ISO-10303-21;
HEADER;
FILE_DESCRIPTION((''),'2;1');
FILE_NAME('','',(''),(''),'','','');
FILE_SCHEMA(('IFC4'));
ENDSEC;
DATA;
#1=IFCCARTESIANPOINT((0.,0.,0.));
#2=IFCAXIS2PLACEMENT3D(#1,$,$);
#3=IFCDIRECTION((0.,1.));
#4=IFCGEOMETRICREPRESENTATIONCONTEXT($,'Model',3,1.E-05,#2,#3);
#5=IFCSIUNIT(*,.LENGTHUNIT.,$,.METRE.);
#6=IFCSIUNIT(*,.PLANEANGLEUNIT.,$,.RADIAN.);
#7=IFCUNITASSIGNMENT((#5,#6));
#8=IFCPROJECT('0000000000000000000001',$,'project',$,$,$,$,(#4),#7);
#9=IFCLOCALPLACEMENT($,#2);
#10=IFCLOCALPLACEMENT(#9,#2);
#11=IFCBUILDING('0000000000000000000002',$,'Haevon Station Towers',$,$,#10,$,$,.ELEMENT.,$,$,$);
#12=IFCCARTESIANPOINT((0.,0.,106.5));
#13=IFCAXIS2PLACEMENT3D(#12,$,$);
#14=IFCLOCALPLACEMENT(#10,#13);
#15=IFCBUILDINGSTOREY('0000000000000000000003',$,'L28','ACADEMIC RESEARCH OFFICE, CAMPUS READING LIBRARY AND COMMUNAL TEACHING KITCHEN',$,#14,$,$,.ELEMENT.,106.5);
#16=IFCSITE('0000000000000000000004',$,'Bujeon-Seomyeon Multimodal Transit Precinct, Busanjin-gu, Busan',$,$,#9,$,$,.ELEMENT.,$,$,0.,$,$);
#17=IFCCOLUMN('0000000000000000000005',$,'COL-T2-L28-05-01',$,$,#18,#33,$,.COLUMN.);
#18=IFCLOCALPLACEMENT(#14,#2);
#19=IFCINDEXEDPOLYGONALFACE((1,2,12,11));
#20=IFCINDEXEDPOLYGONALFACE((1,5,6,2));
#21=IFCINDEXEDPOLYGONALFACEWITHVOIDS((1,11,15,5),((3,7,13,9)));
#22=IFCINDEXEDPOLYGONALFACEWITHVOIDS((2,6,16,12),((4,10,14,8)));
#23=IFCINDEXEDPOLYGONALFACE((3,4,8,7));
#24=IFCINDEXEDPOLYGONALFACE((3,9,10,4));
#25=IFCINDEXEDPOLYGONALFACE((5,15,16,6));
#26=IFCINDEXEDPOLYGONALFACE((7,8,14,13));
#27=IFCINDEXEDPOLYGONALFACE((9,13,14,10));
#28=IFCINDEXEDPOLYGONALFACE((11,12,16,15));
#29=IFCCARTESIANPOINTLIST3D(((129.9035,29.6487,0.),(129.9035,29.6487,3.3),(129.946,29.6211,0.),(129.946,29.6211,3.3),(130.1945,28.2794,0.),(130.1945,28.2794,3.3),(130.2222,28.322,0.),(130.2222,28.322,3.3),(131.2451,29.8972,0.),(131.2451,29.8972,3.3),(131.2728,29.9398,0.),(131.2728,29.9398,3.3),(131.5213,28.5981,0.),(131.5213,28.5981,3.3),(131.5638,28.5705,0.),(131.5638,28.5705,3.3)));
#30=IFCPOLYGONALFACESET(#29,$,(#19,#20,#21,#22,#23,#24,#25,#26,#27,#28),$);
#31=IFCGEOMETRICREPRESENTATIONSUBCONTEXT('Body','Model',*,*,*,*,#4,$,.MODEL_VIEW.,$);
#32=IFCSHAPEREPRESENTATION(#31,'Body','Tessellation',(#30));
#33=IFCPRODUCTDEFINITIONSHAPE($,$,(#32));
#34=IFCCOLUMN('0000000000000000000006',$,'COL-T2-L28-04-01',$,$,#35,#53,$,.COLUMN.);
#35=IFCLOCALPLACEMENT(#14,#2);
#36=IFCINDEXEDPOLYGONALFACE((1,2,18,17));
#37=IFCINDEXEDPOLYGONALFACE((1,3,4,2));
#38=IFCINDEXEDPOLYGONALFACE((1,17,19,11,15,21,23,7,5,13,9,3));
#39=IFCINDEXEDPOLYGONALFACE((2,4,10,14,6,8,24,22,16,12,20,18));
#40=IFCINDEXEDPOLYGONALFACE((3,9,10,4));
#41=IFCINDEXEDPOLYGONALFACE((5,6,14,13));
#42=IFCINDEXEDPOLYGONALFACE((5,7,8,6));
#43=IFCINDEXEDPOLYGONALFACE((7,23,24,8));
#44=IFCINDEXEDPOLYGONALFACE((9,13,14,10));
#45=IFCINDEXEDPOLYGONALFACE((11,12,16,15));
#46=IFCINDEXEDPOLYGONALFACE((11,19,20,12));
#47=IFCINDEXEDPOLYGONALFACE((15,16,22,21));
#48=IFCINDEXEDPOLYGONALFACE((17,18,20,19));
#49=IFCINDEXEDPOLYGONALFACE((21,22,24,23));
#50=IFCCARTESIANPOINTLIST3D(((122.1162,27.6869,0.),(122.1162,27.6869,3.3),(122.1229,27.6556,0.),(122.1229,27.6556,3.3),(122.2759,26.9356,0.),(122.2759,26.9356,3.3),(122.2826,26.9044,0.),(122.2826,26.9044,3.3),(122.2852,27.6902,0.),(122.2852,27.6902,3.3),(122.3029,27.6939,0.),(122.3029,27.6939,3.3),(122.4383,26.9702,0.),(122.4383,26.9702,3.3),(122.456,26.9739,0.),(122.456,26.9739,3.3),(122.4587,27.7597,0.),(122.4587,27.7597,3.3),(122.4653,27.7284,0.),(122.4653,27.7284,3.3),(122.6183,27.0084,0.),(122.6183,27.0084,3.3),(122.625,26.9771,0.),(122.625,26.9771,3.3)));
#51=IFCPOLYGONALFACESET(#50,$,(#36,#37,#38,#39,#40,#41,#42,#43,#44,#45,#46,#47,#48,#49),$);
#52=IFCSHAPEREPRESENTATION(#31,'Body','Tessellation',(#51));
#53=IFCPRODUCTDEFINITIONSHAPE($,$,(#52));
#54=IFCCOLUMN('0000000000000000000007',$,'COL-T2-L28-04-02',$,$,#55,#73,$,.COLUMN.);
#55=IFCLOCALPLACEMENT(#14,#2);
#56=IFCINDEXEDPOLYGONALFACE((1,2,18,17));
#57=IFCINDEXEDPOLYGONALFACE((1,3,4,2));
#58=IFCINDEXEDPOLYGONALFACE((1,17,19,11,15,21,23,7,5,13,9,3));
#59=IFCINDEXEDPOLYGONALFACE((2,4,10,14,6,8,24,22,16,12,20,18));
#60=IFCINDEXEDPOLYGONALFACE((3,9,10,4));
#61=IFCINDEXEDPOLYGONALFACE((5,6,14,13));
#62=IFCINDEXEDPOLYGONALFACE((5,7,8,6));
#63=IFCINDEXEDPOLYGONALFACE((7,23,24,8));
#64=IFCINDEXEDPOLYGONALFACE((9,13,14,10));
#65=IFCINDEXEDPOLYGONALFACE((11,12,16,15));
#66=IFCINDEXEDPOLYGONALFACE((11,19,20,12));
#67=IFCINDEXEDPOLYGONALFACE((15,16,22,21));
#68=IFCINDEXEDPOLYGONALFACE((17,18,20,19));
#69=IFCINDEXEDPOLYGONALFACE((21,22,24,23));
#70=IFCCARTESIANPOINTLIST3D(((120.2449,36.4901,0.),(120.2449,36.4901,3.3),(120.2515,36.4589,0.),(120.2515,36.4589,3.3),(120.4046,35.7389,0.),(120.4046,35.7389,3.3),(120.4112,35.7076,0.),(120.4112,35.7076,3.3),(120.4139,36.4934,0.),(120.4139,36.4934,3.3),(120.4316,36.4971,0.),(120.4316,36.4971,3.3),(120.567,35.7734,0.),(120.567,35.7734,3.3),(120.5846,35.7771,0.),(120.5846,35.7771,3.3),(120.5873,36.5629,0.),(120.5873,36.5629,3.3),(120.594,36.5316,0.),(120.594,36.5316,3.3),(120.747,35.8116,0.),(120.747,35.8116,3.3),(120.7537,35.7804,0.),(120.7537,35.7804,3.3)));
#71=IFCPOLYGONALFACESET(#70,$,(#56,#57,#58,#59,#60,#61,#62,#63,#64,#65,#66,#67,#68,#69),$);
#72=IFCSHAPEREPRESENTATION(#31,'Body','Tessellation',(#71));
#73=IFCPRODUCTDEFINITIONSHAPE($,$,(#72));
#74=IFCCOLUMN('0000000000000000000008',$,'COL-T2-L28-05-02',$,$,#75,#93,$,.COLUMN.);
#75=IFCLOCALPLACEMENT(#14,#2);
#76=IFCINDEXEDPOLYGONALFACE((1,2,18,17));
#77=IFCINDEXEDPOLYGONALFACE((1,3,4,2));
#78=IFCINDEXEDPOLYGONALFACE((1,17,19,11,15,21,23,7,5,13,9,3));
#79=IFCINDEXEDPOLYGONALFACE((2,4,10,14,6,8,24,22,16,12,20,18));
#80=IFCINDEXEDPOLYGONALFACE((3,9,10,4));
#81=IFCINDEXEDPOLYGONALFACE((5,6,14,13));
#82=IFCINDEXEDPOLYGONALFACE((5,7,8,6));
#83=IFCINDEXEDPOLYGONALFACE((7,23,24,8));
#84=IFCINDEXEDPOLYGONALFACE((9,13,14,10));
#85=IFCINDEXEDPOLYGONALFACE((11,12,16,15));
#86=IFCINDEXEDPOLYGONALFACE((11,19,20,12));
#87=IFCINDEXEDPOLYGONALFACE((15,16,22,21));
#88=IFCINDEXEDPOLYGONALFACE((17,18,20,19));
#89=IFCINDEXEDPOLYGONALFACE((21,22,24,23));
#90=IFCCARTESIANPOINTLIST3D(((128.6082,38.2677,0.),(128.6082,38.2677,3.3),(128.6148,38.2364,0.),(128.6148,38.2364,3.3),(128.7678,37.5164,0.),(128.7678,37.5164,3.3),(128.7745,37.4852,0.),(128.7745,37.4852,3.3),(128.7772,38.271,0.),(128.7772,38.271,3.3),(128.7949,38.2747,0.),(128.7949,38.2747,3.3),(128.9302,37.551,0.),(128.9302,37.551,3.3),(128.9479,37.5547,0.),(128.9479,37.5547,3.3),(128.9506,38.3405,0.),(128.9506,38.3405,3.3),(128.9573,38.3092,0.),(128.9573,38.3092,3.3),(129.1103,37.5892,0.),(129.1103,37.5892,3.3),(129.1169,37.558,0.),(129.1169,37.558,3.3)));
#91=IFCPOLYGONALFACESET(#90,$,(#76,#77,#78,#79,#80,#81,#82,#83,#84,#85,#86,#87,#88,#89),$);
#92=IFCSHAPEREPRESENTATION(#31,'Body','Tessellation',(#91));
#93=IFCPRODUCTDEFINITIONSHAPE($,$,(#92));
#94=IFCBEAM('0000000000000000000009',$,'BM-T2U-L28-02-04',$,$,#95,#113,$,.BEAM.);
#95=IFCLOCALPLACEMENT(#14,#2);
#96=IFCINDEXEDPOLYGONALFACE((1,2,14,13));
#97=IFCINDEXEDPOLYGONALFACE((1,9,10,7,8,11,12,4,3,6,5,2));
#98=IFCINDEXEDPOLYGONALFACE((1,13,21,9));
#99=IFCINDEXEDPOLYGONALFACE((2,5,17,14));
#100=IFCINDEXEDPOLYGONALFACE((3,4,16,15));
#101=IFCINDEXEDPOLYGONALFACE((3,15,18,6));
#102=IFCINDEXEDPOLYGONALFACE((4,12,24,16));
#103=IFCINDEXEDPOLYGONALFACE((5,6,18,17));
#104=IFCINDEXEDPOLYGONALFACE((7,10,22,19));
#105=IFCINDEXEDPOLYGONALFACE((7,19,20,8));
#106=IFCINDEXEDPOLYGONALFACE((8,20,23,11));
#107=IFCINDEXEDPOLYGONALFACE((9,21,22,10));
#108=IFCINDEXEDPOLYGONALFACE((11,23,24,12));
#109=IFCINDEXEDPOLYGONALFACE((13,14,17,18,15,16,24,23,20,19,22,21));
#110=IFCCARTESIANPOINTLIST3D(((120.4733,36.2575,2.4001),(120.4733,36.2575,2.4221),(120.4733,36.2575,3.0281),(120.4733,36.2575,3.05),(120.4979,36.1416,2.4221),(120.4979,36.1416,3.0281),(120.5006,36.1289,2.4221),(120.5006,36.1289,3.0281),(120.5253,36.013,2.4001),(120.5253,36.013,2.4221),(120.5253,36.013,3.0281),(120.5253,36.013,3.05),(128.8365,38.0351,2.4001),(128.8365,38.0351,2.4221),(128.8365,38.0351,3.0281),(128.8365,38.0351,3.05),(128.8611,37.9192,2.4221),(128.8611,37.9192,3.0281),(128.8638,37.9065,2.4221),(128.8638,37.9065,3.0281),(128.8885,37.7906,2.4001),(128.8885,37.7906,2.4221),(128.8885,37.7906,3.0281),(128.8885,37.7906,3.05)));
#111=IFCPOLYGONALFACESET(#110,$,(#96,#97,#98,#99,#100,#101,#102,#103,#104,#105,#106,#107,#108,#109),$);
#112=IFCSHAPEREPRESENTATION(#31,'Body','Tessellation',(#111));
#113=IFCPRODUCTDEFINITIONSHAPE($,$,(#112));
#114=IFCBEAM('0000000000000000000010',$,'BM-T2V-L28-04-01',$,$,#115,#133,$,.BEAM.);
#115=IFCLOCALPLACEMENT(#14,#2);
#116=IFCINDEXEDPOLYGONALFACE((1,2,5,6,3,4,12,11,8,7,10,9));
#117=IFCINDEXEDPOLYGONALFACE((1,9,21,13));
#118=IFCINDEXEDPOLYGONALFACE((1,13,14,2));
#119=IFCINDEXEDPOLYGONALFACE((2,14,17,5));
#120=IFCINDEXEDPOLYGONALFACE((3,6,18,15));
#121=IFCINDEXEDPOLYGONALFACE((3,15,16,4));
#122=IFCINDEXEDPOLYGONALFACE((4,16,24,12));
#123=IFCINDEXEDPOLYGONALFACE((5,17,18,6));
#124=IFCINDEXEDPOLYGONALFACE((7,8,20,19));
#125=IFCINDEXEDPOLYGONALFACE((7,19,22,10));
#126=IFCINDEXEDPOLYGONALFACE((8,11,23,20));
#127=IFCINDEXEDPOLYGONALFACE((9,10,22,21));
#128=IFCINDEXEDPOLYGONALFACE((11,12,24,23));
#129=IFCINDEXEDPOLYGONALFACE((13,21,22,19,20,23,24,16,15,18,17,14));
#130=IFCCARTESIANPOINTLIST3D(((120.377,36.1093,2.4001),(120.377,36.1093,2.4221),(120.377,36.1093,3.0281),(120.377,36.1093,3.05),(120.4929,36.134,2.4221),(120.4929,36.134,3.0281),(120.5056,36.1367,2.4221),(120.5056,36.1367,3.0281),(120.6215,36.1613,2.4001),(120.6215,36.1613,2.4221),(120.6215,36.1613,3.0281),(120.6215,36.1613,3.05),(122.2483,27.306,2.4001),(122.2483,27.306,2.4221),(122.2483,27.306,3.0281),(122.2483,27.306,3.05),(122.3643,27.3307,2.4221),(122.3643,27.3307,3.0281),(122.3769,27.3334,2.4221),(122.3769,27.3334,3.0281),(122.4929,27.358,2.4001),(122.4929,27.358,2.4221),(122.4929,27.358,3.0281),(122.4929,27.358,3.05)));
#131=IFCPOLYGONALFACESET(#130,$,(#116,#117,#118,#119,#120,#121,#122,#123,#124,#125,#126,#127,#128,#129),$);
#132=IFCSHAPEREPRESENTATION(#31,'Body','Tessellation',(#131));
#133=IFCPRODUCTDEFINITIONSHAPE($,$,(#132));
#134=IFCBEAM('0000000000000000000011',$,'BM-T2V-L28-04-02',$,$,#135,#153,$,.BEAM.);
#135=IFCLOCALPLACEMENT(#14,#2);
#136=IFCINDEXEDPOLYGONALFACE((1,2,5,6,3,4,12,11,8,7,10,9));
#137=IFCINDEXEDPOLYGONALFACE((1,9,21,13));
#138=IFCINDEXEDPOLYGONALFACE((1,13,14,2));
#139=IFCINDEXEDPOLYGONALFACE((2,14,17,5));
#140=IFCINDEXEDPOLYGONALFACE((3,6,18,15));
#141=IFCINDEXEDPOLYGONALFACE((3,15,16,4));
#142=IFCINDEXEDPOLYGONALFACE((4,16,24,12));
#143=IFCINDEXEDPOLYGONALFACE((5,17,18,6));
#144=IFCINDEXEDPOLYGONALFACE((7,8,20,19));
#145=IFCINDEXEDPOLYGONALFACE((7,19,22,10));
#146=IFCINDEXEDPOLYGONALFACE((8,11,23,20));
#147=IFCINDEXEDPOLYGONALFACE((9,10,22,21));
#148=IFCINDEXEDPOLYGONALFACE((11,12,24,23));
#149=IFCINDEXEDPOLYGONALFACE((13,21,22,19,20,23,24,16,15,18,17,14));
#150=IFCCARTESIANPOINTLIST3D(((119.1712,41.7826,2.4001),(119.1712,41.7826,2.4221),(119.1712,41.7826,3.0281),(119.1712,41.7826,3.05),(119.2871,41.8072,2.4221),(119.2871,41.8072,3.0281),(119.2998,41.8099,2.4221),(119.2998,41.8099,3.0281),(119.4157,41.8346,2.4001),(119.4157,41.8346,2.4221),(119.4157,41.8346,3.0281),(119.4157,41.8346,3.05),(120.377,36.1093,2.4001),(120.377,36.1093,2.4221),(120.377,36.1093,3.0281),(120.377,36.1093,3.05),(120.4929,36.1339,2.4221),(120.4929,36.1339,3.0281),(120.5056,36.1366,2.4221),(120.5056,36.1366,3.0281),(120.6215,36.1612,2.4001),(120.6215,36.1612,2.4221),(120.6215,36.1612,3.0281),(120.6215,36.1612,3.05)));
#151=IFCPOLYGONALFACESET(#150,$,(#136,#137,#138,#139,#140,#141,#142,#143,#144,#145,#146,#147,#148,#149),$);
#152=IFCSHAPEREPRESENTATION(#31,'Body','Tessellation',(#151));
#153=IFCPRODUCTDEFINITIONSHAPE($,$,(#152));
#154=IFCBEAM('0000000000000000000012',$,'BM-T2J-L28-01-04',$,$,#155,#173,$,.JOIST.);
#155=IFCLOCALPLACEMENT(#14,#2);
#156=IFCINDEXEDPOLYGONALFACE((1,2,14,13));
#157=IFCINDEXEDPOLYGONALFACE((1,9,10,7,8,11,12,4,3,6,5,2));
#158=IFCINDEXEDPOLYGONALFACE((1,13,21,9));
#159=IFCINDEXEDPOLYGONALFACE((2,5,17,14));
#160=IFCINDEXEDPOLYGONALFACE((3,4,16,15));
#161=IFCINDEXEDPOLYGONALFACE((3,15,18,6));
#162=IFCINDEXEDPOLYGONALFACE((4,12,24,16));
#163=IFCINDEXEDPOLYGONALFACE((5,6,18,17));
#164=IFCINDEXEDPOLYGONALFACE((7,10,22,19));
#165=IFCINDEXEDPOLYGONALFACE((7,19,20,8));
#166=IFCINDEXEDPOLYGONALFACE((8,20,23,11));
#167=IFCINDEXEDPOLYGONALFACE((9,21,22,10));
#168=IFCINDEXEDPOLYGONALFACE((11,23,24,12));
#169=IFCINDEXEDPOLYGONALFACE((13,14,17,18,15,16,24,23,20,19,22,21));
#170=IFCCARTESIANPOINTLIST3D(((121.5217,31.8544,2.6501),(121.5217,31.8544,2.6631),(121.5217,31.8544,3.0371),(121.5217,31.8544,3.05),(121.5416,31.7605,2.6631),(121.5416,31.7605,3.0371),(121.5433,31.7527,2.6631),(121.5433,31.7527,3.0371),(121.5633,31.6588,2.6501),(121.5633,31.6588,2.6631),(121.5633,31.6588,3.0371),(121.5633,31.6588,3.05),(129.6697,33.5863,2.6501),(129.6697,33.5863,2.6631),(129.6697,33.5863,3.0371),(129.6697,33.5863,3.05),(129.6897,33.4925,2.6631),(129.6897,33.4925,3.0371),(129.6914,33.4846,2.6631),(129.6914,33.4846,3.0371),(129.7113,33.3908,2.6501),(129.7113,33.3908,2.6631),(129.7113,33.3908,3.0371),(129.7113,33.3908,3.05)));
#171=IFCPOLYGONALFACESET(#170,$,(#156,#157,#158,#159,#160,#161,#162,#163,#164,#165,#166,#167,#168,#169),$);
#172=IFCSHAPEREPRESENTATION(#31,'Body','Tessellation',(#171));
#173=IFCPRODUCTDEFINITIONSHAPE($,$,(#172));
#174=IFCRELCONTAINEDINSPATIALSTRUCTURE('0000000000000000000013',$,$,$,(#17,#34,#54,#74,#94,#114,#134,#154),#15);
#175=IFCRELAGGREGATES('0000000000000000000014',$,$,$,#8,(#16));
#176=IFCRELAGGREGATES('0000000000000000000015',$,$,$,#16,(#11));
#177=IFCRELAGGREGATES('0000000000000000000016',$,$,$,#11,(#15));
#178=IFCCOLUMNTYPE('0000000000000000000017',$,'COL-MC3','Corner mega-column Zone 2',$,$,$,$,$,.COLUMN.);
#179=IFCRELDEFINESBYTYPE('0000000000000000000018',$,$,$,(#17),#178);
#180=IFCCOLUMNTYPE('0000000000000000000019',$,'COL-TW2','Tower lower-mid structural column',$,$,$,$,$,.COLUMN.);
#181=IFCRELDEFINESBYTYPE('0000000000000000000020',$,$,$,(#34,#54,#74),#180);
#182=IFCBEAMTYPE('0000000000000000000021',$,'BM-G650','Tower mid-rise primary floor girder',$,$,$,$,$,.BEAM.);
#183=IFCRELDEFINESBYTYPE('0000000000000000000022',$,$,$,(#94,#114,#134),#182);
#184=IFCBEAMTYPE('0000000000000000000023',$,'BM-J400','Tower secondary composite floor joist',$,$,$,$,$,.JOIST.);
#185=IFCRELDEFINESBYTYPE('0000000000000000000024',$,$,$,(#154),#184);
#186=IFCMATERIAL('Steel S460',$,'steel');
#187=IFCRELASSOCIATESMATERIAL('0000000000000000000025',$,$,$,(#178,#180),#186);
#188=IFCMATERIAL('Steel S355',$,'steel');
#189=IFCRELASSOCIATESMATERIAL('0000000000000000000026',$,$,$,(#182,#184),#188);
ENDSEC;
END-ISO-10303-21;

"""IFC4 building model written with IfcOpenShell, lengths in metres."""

from ifc_helpers import new_model, si_unit, direction, frame, origin, origin_2d, place, context, subcontext, project, spatial, hollow_rectangle, i_section, extrude, material, material_profile, profile_set, type_object, element, save


model = new_model("IFC4")

# Units and contexts
model_context = context("Model", 3, precision=1e-05, world=origin(), true_north=direction((0.0, 1.0)))
body_context = subcontext(model_context, "Body", "Model", "MODEL_VIEW")
ifc_project = project(units=[si_unit("LENGTHUNIT", "METRE"), si_unit("PLANEANGLEUNIT", "RADIAN")], contexts=[model_context])

# Site, building, storey
site_placement = place(None, origin())
site = spatial("IfcSite", under=ifc_project, at=site_placement, Name="Bujeon-Seomyeon Multimodal Transit Precinct, Busanjin-gu, Busan", CompositionType="ELEMENT", RefElevation=0.0)
building_placement = place(site_placement, origin())
building = spatial("IfcBuilding", under=site, at=building_placement, Name="Haevon Station Towers", CompositionType="ELEMENT")
storey_placement = place(building_placement, frame((0.0, 0.0, 106.5)))
storey = spatial("IfcBuildingStorey", under=building, at=storey_placement, Name="L28", Description="ACADEMIC RESEARCH OFFICE, CAMPUS READING LIBRARY AND COMMUNAL TEACHING KITCHEN", CompositionType="ELEMENT", Elevation=106.5)

# Columns
ifc_material_1 = material(Name="Steel S460", Category="steel")
ifc_material_profile_1 = material_profile(ifc_material_1, hollow_rectangle(XDim=1.3999, YDim=1.3999, WallThickness=0.0359, at=origin_2d()), Name="BOX-1400x1400x36")
ifc_profile_set_1 = profile_set([ifc_material_profile_1], Name="Steel S460")
column_type_1 = type_object("IfcColumnType", Name="COL-MC3", Description="Corner mega-column Zone 2", PredefinedType="COLUMN", material=ifc_profile_set_1)
column_placement = place(storey_placement, frame((130.7336, 29.1096, 0.0), z_axis=(0.0, 0.0, 1.0), x_axis=(0.978148, 0.207912, 0.0)))
element("IfcColumn", 1, at=column_placement, inside=storey, type_object=column_type_1, Name="COL-T2-L28-05-01", PredefinedType="COLUMN", context=body_context, shape_type="SweptSolid", body=[
    extrude(hollow_rectangle(XDim=1.3999, YDim=1.3999, WallThickness=0.0359, at=origin_2d()), origin(), (0.0, 0.0, 1.0), 3.3),
])
ifc_material_profile_2 = material_profile(ifc_material_1, i_section(OverallWidth=0.3501, OverallDepth=0.8, WebThickness=0.0181, FlangeThickness=0.032, at=origin_2d()), Name="H-800x350x18x32")
ifc_profile_set_2 = profile_set([ifc_material_profile_2], Name="Steel S460")
column_type_2 = type_object("IfcColumnType", Name="COL-TW2", Description="Tower lower-mid structural column", PredefinedType="COLUMN", material=ifc_profile_set_2)
for number, where, z_axis, x_axis, name in (
    (2, (122.3706, 27.332, 0.0), (0.0, 0.0, 1.0), (0.978148, 0.207912, 0.0), "COL-T2-L28-04-01"),
    (3, (120.4993, 36.1353, 0.0), (0.0, 0.0, 1.0), (0.978148, 0.207912, 0.0), "COL-T2-L28-04-02"),
    (4, (128.8625, 37.9128, 0.0), (0.0, 0.0, 1.0), (0.978148, 0.207912, 0.0), "COL-T2-L28-05-02"),
):
    element("IfcColumn", number, at=place(storey_placement, frame(where, z_axis=z_axis, x_axis=x_axis)), inside=storey, type_object=column_type_2, Name=name, PredefinedType="COLUMN", context=body_context, shape_type="SweptSolid", body=[
        extrude(i_section(OverallWidth=0.3501, OverallDepth=0.8, WebThickness=0.0181, FlangeThickness=0.032, at=origin_2d()), origin(), (0.0, 0.0, 1.0), 3.3),
    ])

# Beams
ifc_material_2 = material(Name="Steel S355", Category="steel")
ifc_material_profile_3 = material_profile(ifc_material_2, i_section(OverallWidth=0.25, OverallDepth=0.6499, WebThickness=0.0129, FlangeThickness=0.022, at=origin_2d()), Name="H-650x250x13x22")
ifc_profile_set_3 = profile_set([ifc_material_profile_3], Name="Steel S355")
beam_type_1 = type_object("IfcBeamType", Name="BM-G650", Description="Tower mid-rise primary floor girder", PredefinedType="BEAM", material=ifc_profile_set_3)
beam_1_placement = place(storey_placement, frame((120.4993, 36.1353, 2.7251), z_axis=(0.97815, 0.207902, 0.0), x_axis=(-0.207902, 0.97815, 0.0)))
element("IfcBeam", 5, at=beam_1_placement, inside=storey, type_object=beam_type_1, Name="BM-T2U-L28-02-04", PredefinedType="BEAM", context=body_context, shape_type="SweptSolid", body=[
    extrude(i_section(OverallWidth=0.25, OverallDepth=0.6499, WebThickness=0.0129, FlangeThickness=0.022, at=origin_2d()), origin(), (0.0, 0.0, 1.0), 8.55),
])
beam_2_placement = place(storey_placement, frame((122.3706, 27.332, 2.7251), z_axis=(-0.207928, 0.978144, 0.0), x_axis=(-0.978144, -0.207928, 0.0)))
element("IfcBeam", 6, at=beam_2_placement, inside=storey, type_object=beam_type_1, Name="BM-T2V-L28-04-01", PredefinedType="BEAM", context=body_context, shape_type="SweptSolid", body=[
    extrude(i_section(OverallWidth=0.25, OverallDepth=0.6499, WebThickness=0.0129, FlangeThickness=0.022, at=origin_2d()), origin(), (0.0, 0.0, 1.0), 9.0),
])
beam_3_placement = place(storey_placement, frame((120.4993, 36.1353, 2.7251), z_axis=(-0.207896, 0.978151, 0.0), x_axis=(-0.978151, -0.207896, 0.0)))
element("IfcBeam", 7, at=beam_3_placement, inside=storey, type_object=beam_type_1, Name="BM-T2V-L28-04-02", PredefinedType="BEAM", context=body_context, shape_type="SweptSolid", body=[
    extrude(i_section(OverallWidth=0.25, OverallDepth=0.6499, WebThickness=0.0129, FlangeThickness=0.022, at=origin_2d()), origin(), (0.0, 0.0, 1.0), 5.8),
])
ifc_material_profile_4 = material_profile(ifc_material_2, i_section(OverallWidth=0.2, OverallDepth=0.3999, WebThickness=0.0081, FlangeThickness=0.0129, at=origin_2d()), Name="H-400x200x8x13")
ifc_profile_set_4 = profile_set([ifc_material_profile_4], Name="Steel S355")
beam_type_2 = type_object("IfcBeamType", Name="BM-J400", Description="Tower secondary composite floor joist", PredefinedType="JOIST", material=ifc_profile_set_4)
beam_4_placement = place(storey_placement, frame((121.5425, 31.7566, 2.8501), z_axis=(0.978147, 0.207916, 0.0), x_axis=(-0.207916, 0.978147, 0.0)))
element("IfcBeam", 8, at=beam_4_placement, inside=storey, type_object=beam_type_2, Name="BM-T2J-L28-01-04", PredefinedType="JOIST", context=body_context, shape_type="SweptSolid", body=[
    extrude(i_section(OverallWidth=0.2, OverallDepth=0.3999, WebThickness=0.0081, FlangeThickness=0.0129, at=origin_2d()), origin(), (0.0, 0.0, 1.0), 8.3301),
])

save(model, "model.ifc")
